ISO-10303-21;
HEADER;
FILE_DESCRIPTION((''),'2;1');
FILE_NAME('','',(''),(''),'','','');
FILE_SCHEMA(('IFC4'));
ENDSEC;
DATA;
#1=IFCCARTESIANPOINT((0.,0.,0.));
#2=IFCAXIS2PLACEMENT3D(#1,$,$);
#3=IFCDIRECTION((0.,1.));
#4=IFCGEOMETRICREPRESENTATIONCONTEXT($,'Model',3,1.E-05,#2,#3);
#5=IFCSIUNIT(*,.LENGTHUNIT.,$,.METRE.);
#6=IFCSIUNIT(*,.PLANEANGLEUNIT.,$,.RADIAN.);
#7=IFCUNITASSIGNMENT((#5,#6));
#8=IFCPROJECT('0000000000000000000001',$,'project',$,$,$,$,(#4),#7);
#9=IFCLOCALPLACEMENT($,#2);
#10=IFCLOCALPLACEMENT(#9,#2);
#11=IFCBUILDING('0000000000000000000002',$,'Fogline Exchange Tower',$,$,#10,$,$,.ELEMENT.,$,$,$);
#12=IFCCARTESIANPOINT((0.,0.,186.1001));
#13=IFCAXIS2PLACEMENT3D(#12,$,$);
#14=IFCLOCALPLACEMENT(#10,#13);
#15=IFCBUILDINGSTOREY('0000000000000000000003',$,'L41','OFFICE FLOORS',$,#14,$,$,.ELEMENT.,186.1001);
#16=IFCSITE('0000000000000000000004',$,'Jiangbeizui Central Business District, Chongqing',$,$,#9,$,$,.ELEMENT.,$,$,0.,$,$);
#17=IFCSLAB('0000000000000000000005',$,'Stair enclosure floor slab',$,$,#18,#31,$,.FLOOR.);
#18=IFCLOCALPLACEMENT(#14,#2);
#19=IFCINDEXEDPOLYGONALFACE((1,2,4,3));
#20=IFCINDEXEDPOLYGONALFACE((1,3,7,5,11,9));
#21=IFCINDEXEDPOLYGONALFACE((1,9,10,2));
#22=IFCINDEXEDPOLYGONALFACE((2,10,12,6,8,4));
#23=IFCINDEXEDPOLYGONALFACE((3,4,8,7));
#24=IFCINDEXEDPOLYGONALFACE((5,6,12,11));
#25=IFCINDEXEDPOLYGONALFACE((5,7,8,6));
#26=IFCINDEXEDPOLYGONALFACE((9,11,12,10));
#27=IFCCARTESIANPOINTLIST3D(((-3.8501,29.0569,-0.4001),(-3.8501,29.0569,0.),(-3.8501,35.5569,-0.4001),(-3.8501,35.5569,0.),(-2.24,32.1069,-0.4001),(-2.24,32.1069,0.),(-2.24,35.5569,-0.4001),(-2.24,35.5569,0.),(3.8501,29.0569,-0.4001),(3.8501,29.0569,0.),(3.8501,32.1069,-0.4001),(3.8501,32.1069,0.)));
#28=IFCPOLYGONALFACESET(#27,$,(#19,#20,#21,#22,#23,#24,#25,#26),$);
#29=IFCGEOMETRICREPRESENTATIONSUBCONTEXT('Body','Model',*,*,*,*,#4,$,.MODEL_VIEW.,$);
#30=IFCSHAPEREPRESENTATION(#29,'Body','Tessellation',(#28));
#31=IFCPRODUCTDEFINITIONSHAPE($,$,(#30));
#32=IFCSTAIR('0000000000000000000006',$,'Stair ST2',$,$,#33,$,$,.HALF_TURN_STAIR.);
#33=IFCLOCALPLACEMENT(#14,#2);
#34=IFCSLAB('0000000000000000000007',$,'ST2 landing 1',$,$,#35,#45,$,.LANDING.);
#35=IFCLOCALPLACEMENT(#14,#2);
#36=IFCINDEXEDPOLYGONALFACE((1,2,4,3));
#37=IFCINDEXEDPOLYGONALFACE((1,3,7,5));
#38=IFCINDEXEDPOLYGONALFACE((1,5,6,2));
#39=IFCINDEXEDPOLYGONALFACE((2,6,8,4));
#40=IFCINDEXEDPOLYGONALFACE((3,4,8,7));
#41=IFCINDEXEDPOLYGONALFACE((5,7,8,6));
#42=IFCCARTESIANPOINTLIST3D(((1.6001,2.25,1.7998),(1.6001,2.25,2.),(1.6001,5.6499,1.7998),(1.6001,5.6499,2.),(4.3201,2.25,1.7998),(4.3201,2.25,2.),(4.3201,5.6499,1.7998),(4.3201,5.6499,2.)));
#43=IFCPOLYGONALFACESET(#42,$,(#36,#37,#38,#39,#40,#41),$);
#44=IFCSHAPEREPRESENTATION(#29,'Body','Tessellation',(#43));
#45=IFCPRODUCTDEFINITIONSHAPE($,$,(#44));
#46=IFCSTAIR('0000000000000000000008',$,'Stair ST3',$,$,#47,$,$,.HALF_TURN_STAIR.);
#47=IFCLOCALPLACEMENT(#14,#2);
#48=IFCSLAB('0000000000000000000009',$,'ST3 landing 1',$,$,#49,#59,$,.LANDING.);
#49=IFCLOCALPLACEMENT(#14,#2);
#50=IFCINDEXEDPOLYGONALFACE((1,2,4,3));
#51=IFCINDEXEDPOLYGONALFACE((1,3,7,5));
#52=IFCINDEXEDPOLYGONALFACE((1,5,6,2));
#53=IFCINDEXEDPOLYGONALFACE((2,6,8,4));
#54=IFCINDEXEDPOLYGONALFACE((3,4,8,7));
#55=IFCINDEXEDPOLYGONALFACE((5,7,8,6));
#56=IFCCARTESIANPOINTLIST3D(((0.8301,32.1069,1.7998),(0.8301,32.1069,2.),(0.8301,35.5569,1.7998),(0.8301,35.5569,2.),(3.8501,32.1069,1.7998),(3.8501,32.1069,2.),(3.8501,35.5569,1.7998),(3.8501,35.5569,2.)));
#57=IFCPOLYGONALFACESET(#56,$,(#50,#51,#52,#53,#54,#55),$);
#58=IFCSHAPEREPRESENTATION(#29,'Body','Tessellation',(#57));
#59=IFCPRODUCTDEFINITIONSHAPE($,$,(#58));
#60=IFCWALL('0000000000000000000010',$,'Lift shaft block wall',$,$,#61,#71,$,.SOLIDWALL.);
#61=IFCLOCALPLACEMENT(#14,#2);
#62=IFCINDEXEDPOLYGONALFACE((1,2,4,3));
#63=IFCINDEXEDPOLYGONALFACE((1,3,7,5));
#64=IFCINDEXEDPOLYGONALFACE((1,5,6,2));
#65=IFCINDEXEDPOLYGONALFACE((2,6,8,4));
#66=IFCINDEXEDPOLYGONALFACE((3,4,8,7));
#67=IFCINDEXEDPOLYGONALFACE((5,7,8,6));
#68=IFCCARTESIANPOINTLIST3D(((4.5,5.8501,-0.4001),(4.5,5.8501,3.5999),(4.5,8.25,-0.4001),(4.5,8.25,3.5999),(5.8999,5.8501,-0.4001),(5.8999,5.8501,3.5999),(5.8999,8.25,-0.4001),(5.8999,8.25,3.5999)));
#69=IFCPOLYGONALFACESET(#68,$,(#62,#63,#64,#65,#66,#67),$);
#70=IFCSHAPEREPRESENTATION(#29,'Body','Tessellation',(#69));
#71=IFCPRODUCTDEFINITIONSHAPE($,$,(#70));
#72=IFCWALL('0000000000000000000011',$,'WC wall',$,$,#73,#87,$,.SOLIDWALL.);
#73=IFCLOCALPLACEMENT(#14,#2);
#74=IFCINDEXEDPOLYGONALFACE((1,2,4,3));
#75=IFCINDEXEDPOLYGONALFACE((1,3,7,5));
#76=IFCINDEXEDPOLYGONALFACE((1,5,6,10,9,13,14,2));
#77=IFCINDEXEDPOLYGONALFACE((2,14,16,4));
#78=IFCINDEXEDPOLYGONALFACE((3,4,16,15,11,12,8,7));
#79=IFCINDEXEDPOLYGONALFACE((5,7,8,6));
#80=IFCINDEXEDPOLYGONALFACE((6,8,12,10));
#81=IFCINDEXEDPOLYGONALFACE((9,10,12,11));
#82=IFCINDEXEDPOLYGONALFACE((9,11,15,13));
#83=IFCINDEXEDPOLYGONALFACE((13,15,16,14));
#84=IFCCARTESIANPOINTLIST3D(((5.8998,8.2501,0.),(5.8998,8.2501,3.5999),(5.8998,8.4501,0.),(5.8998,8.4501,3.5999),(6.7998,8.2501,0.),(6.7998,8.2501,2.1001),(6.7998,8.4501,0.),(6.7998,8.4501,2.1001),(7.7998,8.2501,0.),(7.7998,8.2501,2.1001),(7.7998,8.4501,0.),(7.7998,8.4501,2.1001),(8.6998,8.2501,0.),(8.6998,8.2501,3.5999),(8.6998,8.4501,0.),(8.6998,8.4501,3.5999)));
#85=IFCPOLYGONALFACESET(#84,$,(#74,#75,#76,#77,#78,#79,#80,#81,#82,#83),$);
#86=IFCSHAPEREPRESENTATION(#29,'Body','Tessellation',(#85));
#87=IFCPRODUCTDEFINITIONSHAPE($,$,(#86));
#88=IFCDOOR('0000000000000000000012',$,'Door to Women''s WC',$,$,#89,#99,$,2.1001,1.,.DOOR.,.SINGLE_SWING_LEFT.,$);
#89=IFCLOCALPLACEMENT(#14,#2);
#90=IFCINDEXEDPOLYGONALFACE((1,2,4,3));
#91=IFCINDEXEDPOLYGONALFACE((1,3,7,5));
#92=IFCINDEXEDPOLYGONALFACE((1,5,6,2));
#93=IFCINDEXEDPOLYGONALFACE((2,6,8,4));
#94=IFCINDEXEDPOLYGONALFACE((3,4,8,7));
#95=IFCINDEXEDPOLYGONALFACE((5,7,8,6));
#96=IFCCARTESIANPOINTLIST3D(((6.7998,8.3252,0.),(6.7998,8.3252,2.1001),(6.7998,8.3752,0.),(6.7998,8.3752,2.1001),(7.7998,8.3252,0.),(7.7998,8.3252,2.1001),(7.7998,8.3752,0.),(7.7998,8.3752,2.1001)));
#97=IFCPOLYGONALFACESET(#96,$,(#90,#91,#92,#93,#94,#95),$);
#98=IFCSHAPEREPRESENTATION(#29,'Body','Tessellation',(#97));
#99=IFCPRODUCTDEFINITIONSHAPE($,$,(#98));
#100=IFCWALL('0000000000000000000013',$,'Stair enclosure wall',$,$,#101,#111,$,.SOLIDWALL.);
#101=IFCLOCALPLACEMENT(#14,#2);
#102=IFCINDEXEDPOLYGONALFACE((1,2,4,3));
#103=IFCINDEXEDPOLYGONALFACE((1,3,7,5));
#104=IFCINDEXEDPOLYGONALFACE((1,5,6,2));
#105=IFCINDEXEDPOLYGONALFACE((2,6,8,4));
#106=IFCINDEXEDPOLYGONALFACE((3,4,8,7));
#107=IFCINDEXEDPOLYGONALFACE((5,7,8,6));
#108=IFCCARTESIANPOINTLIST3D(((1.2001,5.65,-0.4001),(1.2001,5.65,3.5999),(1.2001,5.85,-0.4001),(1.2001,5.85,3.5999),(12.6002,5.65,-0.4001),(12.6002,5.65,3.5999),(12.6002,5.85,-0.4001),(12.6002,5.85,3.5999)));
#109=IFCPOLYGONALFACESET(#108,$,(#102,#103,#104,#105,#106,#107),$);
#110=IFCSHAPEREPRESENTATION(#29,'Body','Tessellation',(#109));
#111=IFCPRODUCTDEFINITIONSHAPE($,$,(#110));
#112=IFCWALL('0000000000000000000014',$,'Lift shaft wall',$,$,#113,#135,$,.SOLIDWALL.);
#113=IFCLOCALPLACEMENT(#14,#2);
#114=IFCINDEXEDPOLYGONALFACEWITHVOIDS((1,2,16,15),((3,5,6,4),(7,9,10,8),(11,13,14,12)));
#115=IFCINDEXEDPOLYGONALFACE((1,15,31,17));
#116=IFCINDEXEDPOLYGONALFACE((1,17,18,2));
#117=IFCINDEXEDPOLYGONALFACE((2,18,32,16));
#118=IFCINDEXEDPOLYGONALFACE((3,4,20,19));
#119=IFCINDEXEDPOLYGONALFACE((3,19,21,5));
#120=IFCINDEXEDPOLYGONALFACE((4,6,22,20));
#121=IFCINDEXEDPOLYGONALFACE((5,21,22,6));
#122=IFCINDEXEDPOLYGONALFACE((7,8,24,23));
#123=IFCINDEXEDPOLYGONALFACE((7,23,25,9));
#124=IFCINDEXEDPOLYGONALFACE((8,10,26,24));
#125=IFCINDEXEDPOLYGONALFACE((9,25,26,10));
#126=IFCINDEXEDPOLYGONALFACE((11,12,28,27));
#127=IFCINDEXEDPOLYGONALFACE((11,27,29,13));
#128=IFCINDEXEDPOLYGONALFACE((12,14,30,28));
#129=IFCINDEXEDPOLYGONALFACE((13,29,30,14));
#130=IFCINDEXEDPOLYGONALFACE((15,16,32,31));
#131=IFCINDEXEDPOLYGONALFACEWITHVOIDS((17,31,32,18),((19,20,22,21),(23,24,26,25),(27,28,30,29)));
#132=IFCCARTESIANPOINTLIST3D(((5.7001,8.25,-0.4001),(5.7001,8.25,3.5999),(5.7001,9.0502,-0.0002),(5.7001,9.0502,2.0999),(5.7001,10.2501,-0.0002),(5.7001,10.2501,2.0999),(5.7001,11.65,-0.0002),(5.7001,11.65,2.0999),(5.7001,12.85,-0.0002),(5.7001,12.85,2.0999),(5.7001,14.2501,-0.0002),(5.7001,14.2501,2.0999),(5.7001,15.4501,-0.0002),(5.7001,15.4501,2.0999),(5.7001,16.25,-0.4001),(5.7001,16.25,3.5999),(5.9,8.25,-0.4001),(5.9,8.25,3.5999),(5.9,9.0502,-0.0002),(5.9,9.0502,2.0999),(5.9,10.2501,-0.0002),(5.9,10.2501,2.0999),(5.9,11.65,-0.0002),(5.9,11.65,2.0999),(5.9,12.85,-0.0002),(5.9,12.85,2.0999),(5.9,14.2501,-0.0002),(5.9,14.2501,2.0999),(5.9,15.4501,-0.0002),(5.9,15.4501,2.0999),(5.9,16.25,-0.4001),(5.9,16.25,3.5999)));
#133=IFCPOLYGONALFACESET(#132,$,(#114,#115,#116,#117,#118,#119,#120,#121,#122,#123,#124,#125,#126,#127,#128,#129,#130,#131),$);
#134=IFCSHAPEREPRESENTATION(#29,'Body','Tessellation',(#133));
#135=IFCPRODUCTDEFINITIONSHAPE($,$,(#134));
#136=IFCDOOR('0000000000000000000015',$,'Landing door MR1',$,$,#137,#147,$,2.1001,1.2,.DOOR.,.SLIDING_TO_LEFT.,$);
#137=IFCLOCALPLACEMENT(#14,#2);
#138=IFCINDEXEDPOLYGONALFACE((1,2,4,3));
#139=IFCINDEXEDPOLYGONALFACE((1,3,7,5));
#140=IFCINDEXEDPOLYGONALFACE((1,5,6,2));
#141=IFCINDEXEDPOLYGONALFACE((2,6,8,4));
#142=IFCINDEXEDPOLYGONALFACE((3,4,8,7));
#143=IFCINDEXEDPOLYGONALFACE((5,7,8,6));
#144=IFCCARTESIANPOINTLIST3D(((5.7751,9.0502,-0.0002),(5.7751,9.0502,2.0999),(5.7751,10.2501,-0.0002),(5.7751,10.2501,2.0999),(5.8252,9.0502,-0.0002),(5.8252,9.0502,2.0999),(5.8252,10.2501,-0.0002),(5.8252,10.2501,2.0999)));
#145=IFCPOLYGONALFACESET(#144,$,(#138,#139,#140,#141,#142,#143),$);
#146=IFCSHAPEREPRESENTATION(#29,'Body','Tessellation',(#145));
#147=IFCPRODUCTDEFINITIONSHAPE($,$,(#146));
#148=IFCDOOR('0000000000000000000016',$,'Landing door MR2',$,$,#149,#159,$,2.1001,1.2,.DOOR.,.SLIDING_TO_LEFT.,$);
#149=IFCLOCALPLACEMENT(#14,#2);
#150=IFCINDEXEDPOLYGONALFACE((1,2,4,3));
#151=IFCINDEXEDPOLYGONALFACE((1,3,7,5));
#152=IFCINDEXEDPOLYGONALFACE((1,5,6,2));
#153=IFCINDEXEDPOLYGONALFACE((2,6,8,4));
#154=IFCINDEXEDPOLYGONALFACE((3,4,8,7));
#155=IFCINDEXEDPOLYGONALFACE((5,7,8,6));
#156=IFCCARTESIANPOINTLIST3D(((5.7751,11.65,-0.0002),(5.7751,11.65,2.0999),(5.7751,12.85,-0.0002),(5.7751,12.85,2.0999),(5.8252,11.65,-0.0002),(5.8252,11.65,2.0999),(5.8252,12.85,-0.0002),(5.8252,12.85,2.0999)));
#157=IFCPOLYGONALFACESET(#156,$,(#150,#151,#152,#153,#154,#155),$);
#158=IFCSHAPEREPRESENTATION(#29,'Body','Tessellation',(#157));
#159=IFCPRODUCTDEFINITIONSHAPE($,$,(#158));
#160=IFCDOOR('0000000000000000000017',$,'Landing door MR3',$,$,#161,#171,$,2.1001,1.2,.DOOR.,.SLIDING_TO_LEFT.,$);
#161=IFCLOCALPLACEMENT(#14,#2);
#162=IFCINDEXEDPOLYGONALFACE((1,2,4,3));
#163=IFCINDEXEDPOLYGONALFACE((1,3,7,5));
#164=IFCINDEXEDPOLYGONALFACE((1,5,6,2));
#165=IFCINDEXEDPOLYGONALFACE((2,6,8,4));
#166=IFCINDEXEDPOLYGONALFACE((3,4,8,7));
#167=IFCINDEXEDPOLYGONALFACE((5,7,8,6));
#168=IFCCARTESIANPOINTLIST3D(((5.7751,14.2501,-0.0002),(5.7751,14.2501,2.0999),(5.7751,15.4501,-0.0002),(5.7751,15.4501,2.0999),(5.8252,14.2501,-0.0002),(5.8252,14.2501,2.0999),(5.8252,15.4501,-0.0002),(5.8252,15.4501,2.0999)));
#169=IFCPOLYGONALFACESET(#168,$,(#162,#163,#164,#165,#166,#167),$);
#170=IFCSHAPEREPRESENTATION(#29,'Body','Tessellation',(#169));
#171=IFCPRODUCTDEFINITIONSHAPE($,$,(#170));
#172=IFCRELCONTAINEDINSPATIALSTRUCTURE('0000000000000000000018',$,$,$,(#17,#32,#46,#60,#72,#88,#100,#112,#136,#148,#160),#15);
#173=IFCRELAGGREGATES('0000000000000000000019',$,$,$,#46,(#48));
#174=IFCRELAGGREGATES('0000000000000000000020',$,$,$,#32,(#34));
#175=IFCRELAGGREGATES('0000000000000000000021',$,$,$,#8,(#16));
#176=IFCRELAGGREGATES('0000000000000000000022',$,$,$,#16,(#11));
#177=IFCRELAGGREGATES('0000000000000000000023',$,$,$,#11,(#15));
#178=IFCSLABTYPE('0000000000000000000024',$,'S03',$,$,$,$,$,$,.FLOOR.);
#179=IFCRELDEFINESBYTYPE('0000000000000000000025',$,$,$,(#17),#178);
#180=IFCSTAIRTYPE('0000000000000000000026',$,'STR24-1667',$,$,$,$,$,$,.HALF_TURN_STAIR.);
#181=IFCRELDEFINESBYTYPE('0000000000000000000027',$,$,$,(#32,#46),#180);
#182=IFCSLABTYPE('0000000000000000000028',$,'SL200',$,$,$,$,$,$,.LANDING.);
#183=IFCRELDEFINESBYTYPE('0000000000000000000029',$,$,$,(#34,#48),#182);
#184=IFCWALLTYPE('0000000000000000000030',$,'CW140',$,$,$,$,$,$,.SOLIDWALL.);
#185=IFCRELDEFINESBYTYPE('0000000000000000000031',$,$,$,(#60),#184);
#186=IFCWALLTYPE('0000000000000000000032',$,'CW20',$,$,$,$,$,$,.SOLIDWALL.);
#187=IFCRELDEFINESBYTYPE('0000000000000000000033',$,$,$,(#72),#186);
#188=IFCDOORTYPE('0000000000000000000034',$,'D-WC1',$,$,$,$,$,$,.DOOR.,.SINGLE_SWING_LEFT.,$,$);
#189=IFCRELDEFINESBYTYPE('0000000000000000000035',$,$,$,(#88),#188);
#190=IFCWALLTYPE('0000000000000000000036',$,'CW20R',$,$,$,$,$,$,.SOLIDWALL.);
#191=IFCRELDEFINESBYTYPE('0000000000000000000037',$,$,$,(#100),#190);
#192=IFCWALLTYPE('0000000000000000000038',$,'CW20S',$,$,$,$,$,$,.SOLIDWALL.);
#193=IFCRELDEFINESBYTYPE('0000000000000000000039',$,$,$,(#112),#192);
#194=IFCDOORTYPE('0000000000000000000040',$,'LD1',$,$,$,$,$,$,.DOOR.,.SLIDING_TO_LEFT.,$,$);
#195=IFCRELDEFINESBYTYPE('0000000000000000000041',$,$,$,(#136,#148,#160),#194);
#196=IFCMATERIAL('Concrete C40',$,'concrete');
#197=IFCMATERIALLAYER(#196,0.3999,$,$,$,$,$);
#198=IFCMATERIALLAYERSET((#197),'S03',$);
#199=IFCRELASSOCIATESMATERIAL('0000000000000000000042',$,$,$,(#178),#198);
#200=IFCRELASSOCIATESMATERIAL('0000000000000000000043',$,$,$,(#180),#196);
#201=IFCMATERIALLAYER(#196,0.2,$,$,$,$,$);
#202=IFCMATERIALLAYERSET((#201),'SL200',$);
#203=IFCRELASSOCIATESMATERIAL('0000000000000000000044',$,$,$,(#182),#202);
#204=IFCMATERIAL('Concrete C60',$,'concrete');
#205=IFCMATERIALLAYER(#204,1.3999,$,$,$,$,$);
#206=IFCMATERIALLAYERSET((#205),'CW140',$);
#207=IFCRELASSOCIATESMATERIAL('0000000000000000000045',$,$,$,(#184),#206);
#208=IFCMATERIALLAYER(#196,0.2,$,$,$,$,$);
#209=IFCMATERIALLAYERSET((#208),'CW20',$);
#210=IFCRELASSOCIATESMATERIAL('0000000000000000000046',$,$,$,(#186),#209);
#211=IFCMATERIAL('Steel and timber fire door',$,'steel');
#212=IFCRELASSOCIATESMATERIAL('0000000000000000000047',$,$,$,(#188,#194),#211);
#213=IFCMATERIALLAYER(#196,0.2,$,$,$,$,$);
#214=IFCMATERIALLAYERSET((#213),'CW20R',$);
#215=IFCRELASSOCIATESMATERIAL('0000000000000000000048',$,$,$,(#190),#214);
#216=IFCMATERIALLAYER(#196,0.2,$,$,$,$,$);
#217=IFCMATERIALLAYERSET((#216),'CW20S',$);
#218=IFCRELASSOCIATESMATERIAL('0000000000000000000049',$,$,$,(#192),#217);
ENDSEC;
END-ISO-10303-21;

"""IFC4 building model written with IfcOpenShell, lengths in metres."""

from ifc_helpers import new_model, si_unit, direction, frame, frame_2d, origin, place, context, subcontext, project, spatial, polyline, rectangle, outline, extrude, material, layer, layer_set, type_object, element, fill, aggregate, save


model = new_model("IFC4")

# Units and contexts
model_context = context("Model", 3, precision=1e-05, world=origin(), true_north=direction((0.0, 1.0)))
body_context = subcontext(model_context, "Body", "Model", "MODEL_VIEW")
ifc_project = project(units=[si_unit("LENGTHUNIT", "METRE"), si_unit("PLANEANGLEUNIT", "RADIAN")], contexts=[model_context])

# Site, building, storey
site_placement = place(None, origin())
site = spatial("IfcSite", under=ifc_project, at=site_placement, Name="Jiangbeizui Central Business District, Chongqing", CompositionType="ELEMENT", RefElevation=0.0)
building_placement = place(site_placement, origin())
building = spatial("IfcBuilding", under=site, at=building_placement, Name="Fogline Exchange Tower", CompositionType="ELEMENT")
storey_placement = place(building_placement, frame((0.0, 0.0, 186.1001)))
storey = spatial("IfcBuildingStorey", under=building, at=storey_placement, Name="L41", Description="OFFICE FLOORS", CompositionType="ELEMENT", Elevation=186.1001)

# Slab
ifc_material_1 = material(Name="Concrete C40", Category="concrete")
ifc_layer_1 = layer(ifc_material_1, 0.3999)
ifc_layer_set_1 = layer_set([ifc_layer_1], Name="S03")
slab_type_1 = type_object("IfcSlabType", Name="S03", PredefinedType="FLOOR", material=ifc_layer_set_1)
slab_1_placement = place(storey_placement, frame((0.0, 0.0, -0.4001)))
element("IfcSlab", 1, at=slab_1_placement, inside=storey, type_object=slab_type_1, Name="Stair enclosure floor slab", PredefinedType="FLOOR", context=body_context, shape_type="SweptSolid", body=[
    extrude(outline(polyline([(3.8501, 29.0569), (-3.8501, 29.0569), (-3.8501, 35.5569), (-2.24, 35.5569), (-2.24, 32.1069), (3.8501, 32.1069), (3.8501, 29.0569)])), origin(), (0.0, 0.0, 1.0), 0.4001),
])

# Stairs, slabs
stair_type = type_object("IfcStairType", Name="STR24-1667", PredefinedType="HALF_TURN_STAIR", material=ifc_material_1)
stair_1_placement = place(storey_placement, origin())
stair_1 = element("IfcStair", 2, at=stair_1_placement, inside=storey, type_object=stair_type, Name="Stair ST2", PredefinedType="HALF_TURN_STAIR")
ifc_layer_2 = layer(ifc_material_1, 0.2)
ifc_layer_set_2 = layer_set([ifc_layer_2], Name="SL200")
slab_type_2 = type_object("IfcSlabType", Name="SL200", PredefinedType="LANDING", material=ifc_layer_set_2)
slab_2_placement = place(storey_placement, frame((0.0, 0.0, 1.7998)))
slab_2 = element("IfcSlab", 3, at=slab_2_placement, type_object=slab_type_2, Name="ST2 landing 1", PredefinedType="LANDING", context=body_context, shape_type="SweptSolid", body=[
    extrude(outline(polyline([(1.6001, 2.25), (4.3201, 2.25), (4.3201, 5.6499), (1.6001, 5.6499), (1.6001, 2.25)])), origin(), (0.0, 0.0, 1.0), 0.2002),
])
stair_2_placement = place(storey_placement, origin())
stair_2 = element("IfcStair", 4, at=stair_2_placement, inside=storey, type_object=stair_type, Name="Stair ST3", PredefinedType="HALF_TURN_STAIR")
slab_3_placement = place(storey_placement, frame((0.0, 0.0, 1.7998)))
slab_3 = element("IfcSlab", 5, at=slab_3_placement, type_object=slab_type_2, Name="ST3 landing 1", PredefinedType="LANDING", context=body_context, shape_type="SweptSolid", body=[
    extrude(outline(polyline([(0.8301, 32.1069), (3.8501, 32.1069), (3.8501, 35.5569), (0.8301, 35.5569), (0.8301, 32.1069)])), origin(), (0.0, 0.0, 1.0), 0.2002),
])
aggregate(stair_2, [slab_3])

# Wall
ifc_material_2 = material(Name="Concrete C60", Category="concrete")
ifc_layer_3 = layer(ifc_material_2, 1.3999)
ifc_layer_set_3 = layer_set([ifc_layer_3], Name="CW140")
wall_type_1 = type_object("IfcWallType", Name="CW140", PredefinedType="SOLIDWALL", material=ifc_layer_set_3)
wall_1_placement = place(storey_placement, frame((5.2, 5.8501, -0.4001), z_axis=(0.0, 0.0, 1.0), x_axis=(0.0, 1.0, 0.0)))
element("IfcWall", 6, at=wall_1_placement, inside=storey, type_object=wall_type_1, Name="Lift shaft block wall", PredefinedType="SOLIDWALL", context=body_context, shape_type="SweptSolid", body=[
    extrude(rectangle(XDim=2.3999, YDim=1.3999, at=frame_2d((1.2, 0.0))), origin(), (0.0, 0.0, 1.0), 4.0),
])

# Wall, opening, door
ifc_layer_4 = layer(ifc_material_1, 0.2)
ifc_layer_set_4 = layer_set([ifc_layer_4], Name="CW20")
wall_type_2 = type_object("IfcWallType", Name="CW20", PredefinedType="SOLIDWALL", material=ifc_layer_set_4)
wall_2_placement = place(storey_placement, frame((5.8999, 8.3501, 0.0), z_axis=(0.0, 0.0, 1.0), x_axis=(1.0, 0.0, 0.0)))
wall_2 = element("IfcWall", 7, at=wall_2_placement, inside=storey, type_object=wall_type_2, Name="WC wall", PredefinedType="SOLIDWALL", context=body_context, shape_type="SweptSolid", body=[
    extrude(rectangle(XDim=2.8, YDim=0.2, at=frame_2d((1.3999, 0.0))), origin(), (0.0, 0.0, 1.0), 3.5999),
])
opening_1_placement = place(wall_2_placement, frame((0.8999, 0.0, 0.0)))
opening_1 = element("IfcOpeningElement", 8, at=opening_1_placement, cuts=wall_2, PredefinedType="OPENING", context=body_context, shape_type="SweptSolid", body=[
    extrude(rectangle(XDim=1.0, YDim=2.1001, at=frame_2d((0.5, 1.05))), frame((0.0, 0.1099, 0.0), z_axis=(0.0, -1.0, 0.0), x_axis=(1.0, 0.0, 0.0)), (0.0, 0.0, 1.0), 0.22),
])
ifc_material_3 = material(Name="Steel and timber fire door", Category="steel")
door_type_1 = type_object("IfcDoorType", Name="D-WC1", OperationType="SINGLE_SWING_LEFT", PredefinedType="DOOR", material=ifc_material_3)
door_1_placement = place(opening_1_placement, frame((1.0, 0.0, 0.0), z_axis=(0.0, 0.0, 1.0), x_axis=(-1.0, 0.0, 0.0)))
door_1 = element("IfcDoor", 9, at=door_1_placement, inside=storey, type_object=door_type_1, Name="Door to Women's WC", OperationType="SINGLE_SWING_LEFT", OverallHeight=2.1001, OverallWidth=1.0, PredefinedType="DOOR", context=body_context, shape_type="SweptSolid", body=[
    extrude(rectangle(XDim=1.0, YDim=2.1001, at=frame_2d((0.5, 1.05))), frame((0.0, 0.0249, 0.0), z_axis=(0.0, -1.0, 0.0), x_axis=(1.0, 0.0, 0.0)), (0.0, 0.0, 1.0), 0.05),
])
fill(opening_1, door_1)

# Wall
ifc_layer_5 = layer(ifc_material_1, 0.2)
ifc_layer_set_5 = layer_set([ifc_layer_5], Name="CW20R")
wall_type_3 = type_object("IfcWallType", Name="CW20R", PredefinedType="SOLIDWALL", material=ifc_layer_set_5)
wall_3_placement = place(storey_placement, frame((1.2, 5.75, -0.4001), z_axis=(0.0, 0.0, 1.0), x_axis=(1.0, 0.0, 0.0)))
element("IfcWall", 10, at=wall_3_placement, inside=storey, type_object=wall_type_3, Name="Stair enclosure wall", PredefinedType="SOLIDWALL", context=body_context, shape_type="SweptSolid", body=[
    extrude(rectangle(XDim=11.4001, YDim=0.2, at=frame_2d((5.7002, 0.0))), origin(), (0.0, 0.0, 1.0), 4.0),
])

# Wall, openings, doors
ifc_layer_6 = layer(ifc_material_1, 0.2)
ifc_layer_set_6 = layer_set([ifc_layer_6], Name="CW20S")
wall_type_4 = type_object("IfcWallType", Name="CW20S", PredefinedType="SOLIDWALL", material=ifc_layer_set_6)
wall_4_placement = place(storey_placement, frame((5.8, 8.25, -0.4001), z_axis=(0.0, 0.0, 1.0), x_axis=(0.0, 1.0, 0.0)))
wall_4 = element("IfcWall", 11, at=wall_4_placement, inside=storey, type_object=wall_type_4, Name="Lift shaft wall", PredefinedType="SOLIDWALL", context=body_context, shape_type="SweptSolid", body=[
    extrude(rectangle(XDim=8.0, YDim=0.2, at=frame_2d((4.0, 0.0))), origin(), (0.0, 0.0, 1.0), 4.0),
])
opening_2_placement = place(wall_4_placement, frame((0.8, 0.0, 0.3999)))
opening_2 = element("IfcOpeningElement", 12, at=opening_2_placement, cuts=wall_4, PredefinedType="OPENING", context=body_context, shape_type="SweptSolid", body=[
    extrude(rectangle(XDim=1.2, YDim=2.1001, at=frame_2d((0.6001, 1.05))), frame((0.0, 0.1099, 0.0), z_axis=(0.0, -1.0, 0.0), x_axis=(1.0, 0.0, 0.0)), (0.0, 0.0, 1.0), 0.22),
])
opening_3_placement = place(wall_4_placement, frame((3.3999, 0.0, 0.3999)))
opening_3 = element("IfcOpeningElement", 13, at=opening_3_placement, cuts=wall_4, PredefinedType="OPENING", context=body_context, shape_type="SweptSolid", body=[
    extrude(rectangle(XDim=1.2, YDim=2.1001, at=frame_2d((0.6001, 1.05))), frame((0.0, 0.1099, 0.0), z_axis=(0.0, -1.0, 0.0), x_axis=(1.0, 0.0, 0.0)), (0.0, 0.0, 1.0), 0.22),
])
opening_4_placement = place(wall_4_placement, frame((6.0, 0.0, 0.3999)))
opening_4 = element("IfcOpeningElement", 14, at=opening_4_placement, cuts=wall_4, PredefinedType="OPENING", context=body_context, shape_type="SweptSolid", body=[
    extrude(rectangle(XDim=1.2, YDim=2.1001, at=frame_2d((0.6001, 1.05))), frame((0.0, 0.1099, 0.0), z_axis=(0.0, -1.0, 0.0), x_axis=(1.0, 0.0, 0.0)), (0.0, 0.0, 1.0), 0.22),
])
door_type_2 = type_object("IfcDoorType", Name="LD1", OperationType="SLIDING_TO_LEFT", PredefinedType="DOOR", material=ifc_material_3)
door_2_placement = place(opening_2_placement, origin())
door_2 = element("IfcDoor", 15, at=door_2_placement, inside=storey, type_object=door_type_2, Name="Landing door MR1", OperationType="SLIDING_TO_LEFT", OverallHeight=2.1001, OverallWidth=1.2, PredefinedType="DOOR", context=body_context, shape_type="SweptSolid", body=[
    extrude(rectangle(XDim=1.2, YDim=2.1001, at=frame_2d((0.6001, 1.05))), frame((0.0, 0.0249, 0.0), z_axis=(0.0, -1.0, 0.0), x_axis=(1.0, 0.0, 0.0)), (0.0, 0.0, 1.0), 0.05),
])
fill(opening_2, door_2)
door_3_placement = place(opening_3_placement, origin())
door_3 = element("IfcDoor", 16, at=door_3_placement, inside=storey, type_object=door_type_2, Name="Landing door MR2", OperationType="SLIDING_TO_LEFT", OverallHeight=2.1001, OverallWidth=1.2, PredefinedType="DOOR", context=body_context, shape_type="SweptSolid", body=[
    extrude(rectangle(XDim=1.2, YDim=2.1001, at=frame_2d((0.6001, 1.05))), frame((0.0, 0.0249, 0.0), z_axis=(0.0, -1.0, 0.0), x_axis=(1.0, 0.0, 0.0)), (0.0, 0.0, 1.0), 0.05),
])
fill(opening_3, door_3)
door_4_placement = place(opening_4_placement, origin())
door_4 = element("IfcDoor", 17, at=door_4_placement, inside=storey, type_object=door_type_2, Name="Landing door MR3", OperationType="SLIDING_TO_LEFT", OverallHeight=2.1001, OverallWidth=1.2, PredefinedType="DOOR", context=body_context, shape_type="SweptSolid", body=[
    extrude(rectangle(XDim=1.2, YDim=2.1001, at=frame_2d((0.6001, 1.05))), frame((0.0, 0.0249, 0.0), z_axis=(0.0, -1.0, 0.0), x_axis=(1.0, 0.0, 0.0)), (0.0, 0.0, 1.0), 0.05),
])
fill(opening_4, door_4)

aggregate(stair_1, [slab_2])

save(model, "model.ifc")
